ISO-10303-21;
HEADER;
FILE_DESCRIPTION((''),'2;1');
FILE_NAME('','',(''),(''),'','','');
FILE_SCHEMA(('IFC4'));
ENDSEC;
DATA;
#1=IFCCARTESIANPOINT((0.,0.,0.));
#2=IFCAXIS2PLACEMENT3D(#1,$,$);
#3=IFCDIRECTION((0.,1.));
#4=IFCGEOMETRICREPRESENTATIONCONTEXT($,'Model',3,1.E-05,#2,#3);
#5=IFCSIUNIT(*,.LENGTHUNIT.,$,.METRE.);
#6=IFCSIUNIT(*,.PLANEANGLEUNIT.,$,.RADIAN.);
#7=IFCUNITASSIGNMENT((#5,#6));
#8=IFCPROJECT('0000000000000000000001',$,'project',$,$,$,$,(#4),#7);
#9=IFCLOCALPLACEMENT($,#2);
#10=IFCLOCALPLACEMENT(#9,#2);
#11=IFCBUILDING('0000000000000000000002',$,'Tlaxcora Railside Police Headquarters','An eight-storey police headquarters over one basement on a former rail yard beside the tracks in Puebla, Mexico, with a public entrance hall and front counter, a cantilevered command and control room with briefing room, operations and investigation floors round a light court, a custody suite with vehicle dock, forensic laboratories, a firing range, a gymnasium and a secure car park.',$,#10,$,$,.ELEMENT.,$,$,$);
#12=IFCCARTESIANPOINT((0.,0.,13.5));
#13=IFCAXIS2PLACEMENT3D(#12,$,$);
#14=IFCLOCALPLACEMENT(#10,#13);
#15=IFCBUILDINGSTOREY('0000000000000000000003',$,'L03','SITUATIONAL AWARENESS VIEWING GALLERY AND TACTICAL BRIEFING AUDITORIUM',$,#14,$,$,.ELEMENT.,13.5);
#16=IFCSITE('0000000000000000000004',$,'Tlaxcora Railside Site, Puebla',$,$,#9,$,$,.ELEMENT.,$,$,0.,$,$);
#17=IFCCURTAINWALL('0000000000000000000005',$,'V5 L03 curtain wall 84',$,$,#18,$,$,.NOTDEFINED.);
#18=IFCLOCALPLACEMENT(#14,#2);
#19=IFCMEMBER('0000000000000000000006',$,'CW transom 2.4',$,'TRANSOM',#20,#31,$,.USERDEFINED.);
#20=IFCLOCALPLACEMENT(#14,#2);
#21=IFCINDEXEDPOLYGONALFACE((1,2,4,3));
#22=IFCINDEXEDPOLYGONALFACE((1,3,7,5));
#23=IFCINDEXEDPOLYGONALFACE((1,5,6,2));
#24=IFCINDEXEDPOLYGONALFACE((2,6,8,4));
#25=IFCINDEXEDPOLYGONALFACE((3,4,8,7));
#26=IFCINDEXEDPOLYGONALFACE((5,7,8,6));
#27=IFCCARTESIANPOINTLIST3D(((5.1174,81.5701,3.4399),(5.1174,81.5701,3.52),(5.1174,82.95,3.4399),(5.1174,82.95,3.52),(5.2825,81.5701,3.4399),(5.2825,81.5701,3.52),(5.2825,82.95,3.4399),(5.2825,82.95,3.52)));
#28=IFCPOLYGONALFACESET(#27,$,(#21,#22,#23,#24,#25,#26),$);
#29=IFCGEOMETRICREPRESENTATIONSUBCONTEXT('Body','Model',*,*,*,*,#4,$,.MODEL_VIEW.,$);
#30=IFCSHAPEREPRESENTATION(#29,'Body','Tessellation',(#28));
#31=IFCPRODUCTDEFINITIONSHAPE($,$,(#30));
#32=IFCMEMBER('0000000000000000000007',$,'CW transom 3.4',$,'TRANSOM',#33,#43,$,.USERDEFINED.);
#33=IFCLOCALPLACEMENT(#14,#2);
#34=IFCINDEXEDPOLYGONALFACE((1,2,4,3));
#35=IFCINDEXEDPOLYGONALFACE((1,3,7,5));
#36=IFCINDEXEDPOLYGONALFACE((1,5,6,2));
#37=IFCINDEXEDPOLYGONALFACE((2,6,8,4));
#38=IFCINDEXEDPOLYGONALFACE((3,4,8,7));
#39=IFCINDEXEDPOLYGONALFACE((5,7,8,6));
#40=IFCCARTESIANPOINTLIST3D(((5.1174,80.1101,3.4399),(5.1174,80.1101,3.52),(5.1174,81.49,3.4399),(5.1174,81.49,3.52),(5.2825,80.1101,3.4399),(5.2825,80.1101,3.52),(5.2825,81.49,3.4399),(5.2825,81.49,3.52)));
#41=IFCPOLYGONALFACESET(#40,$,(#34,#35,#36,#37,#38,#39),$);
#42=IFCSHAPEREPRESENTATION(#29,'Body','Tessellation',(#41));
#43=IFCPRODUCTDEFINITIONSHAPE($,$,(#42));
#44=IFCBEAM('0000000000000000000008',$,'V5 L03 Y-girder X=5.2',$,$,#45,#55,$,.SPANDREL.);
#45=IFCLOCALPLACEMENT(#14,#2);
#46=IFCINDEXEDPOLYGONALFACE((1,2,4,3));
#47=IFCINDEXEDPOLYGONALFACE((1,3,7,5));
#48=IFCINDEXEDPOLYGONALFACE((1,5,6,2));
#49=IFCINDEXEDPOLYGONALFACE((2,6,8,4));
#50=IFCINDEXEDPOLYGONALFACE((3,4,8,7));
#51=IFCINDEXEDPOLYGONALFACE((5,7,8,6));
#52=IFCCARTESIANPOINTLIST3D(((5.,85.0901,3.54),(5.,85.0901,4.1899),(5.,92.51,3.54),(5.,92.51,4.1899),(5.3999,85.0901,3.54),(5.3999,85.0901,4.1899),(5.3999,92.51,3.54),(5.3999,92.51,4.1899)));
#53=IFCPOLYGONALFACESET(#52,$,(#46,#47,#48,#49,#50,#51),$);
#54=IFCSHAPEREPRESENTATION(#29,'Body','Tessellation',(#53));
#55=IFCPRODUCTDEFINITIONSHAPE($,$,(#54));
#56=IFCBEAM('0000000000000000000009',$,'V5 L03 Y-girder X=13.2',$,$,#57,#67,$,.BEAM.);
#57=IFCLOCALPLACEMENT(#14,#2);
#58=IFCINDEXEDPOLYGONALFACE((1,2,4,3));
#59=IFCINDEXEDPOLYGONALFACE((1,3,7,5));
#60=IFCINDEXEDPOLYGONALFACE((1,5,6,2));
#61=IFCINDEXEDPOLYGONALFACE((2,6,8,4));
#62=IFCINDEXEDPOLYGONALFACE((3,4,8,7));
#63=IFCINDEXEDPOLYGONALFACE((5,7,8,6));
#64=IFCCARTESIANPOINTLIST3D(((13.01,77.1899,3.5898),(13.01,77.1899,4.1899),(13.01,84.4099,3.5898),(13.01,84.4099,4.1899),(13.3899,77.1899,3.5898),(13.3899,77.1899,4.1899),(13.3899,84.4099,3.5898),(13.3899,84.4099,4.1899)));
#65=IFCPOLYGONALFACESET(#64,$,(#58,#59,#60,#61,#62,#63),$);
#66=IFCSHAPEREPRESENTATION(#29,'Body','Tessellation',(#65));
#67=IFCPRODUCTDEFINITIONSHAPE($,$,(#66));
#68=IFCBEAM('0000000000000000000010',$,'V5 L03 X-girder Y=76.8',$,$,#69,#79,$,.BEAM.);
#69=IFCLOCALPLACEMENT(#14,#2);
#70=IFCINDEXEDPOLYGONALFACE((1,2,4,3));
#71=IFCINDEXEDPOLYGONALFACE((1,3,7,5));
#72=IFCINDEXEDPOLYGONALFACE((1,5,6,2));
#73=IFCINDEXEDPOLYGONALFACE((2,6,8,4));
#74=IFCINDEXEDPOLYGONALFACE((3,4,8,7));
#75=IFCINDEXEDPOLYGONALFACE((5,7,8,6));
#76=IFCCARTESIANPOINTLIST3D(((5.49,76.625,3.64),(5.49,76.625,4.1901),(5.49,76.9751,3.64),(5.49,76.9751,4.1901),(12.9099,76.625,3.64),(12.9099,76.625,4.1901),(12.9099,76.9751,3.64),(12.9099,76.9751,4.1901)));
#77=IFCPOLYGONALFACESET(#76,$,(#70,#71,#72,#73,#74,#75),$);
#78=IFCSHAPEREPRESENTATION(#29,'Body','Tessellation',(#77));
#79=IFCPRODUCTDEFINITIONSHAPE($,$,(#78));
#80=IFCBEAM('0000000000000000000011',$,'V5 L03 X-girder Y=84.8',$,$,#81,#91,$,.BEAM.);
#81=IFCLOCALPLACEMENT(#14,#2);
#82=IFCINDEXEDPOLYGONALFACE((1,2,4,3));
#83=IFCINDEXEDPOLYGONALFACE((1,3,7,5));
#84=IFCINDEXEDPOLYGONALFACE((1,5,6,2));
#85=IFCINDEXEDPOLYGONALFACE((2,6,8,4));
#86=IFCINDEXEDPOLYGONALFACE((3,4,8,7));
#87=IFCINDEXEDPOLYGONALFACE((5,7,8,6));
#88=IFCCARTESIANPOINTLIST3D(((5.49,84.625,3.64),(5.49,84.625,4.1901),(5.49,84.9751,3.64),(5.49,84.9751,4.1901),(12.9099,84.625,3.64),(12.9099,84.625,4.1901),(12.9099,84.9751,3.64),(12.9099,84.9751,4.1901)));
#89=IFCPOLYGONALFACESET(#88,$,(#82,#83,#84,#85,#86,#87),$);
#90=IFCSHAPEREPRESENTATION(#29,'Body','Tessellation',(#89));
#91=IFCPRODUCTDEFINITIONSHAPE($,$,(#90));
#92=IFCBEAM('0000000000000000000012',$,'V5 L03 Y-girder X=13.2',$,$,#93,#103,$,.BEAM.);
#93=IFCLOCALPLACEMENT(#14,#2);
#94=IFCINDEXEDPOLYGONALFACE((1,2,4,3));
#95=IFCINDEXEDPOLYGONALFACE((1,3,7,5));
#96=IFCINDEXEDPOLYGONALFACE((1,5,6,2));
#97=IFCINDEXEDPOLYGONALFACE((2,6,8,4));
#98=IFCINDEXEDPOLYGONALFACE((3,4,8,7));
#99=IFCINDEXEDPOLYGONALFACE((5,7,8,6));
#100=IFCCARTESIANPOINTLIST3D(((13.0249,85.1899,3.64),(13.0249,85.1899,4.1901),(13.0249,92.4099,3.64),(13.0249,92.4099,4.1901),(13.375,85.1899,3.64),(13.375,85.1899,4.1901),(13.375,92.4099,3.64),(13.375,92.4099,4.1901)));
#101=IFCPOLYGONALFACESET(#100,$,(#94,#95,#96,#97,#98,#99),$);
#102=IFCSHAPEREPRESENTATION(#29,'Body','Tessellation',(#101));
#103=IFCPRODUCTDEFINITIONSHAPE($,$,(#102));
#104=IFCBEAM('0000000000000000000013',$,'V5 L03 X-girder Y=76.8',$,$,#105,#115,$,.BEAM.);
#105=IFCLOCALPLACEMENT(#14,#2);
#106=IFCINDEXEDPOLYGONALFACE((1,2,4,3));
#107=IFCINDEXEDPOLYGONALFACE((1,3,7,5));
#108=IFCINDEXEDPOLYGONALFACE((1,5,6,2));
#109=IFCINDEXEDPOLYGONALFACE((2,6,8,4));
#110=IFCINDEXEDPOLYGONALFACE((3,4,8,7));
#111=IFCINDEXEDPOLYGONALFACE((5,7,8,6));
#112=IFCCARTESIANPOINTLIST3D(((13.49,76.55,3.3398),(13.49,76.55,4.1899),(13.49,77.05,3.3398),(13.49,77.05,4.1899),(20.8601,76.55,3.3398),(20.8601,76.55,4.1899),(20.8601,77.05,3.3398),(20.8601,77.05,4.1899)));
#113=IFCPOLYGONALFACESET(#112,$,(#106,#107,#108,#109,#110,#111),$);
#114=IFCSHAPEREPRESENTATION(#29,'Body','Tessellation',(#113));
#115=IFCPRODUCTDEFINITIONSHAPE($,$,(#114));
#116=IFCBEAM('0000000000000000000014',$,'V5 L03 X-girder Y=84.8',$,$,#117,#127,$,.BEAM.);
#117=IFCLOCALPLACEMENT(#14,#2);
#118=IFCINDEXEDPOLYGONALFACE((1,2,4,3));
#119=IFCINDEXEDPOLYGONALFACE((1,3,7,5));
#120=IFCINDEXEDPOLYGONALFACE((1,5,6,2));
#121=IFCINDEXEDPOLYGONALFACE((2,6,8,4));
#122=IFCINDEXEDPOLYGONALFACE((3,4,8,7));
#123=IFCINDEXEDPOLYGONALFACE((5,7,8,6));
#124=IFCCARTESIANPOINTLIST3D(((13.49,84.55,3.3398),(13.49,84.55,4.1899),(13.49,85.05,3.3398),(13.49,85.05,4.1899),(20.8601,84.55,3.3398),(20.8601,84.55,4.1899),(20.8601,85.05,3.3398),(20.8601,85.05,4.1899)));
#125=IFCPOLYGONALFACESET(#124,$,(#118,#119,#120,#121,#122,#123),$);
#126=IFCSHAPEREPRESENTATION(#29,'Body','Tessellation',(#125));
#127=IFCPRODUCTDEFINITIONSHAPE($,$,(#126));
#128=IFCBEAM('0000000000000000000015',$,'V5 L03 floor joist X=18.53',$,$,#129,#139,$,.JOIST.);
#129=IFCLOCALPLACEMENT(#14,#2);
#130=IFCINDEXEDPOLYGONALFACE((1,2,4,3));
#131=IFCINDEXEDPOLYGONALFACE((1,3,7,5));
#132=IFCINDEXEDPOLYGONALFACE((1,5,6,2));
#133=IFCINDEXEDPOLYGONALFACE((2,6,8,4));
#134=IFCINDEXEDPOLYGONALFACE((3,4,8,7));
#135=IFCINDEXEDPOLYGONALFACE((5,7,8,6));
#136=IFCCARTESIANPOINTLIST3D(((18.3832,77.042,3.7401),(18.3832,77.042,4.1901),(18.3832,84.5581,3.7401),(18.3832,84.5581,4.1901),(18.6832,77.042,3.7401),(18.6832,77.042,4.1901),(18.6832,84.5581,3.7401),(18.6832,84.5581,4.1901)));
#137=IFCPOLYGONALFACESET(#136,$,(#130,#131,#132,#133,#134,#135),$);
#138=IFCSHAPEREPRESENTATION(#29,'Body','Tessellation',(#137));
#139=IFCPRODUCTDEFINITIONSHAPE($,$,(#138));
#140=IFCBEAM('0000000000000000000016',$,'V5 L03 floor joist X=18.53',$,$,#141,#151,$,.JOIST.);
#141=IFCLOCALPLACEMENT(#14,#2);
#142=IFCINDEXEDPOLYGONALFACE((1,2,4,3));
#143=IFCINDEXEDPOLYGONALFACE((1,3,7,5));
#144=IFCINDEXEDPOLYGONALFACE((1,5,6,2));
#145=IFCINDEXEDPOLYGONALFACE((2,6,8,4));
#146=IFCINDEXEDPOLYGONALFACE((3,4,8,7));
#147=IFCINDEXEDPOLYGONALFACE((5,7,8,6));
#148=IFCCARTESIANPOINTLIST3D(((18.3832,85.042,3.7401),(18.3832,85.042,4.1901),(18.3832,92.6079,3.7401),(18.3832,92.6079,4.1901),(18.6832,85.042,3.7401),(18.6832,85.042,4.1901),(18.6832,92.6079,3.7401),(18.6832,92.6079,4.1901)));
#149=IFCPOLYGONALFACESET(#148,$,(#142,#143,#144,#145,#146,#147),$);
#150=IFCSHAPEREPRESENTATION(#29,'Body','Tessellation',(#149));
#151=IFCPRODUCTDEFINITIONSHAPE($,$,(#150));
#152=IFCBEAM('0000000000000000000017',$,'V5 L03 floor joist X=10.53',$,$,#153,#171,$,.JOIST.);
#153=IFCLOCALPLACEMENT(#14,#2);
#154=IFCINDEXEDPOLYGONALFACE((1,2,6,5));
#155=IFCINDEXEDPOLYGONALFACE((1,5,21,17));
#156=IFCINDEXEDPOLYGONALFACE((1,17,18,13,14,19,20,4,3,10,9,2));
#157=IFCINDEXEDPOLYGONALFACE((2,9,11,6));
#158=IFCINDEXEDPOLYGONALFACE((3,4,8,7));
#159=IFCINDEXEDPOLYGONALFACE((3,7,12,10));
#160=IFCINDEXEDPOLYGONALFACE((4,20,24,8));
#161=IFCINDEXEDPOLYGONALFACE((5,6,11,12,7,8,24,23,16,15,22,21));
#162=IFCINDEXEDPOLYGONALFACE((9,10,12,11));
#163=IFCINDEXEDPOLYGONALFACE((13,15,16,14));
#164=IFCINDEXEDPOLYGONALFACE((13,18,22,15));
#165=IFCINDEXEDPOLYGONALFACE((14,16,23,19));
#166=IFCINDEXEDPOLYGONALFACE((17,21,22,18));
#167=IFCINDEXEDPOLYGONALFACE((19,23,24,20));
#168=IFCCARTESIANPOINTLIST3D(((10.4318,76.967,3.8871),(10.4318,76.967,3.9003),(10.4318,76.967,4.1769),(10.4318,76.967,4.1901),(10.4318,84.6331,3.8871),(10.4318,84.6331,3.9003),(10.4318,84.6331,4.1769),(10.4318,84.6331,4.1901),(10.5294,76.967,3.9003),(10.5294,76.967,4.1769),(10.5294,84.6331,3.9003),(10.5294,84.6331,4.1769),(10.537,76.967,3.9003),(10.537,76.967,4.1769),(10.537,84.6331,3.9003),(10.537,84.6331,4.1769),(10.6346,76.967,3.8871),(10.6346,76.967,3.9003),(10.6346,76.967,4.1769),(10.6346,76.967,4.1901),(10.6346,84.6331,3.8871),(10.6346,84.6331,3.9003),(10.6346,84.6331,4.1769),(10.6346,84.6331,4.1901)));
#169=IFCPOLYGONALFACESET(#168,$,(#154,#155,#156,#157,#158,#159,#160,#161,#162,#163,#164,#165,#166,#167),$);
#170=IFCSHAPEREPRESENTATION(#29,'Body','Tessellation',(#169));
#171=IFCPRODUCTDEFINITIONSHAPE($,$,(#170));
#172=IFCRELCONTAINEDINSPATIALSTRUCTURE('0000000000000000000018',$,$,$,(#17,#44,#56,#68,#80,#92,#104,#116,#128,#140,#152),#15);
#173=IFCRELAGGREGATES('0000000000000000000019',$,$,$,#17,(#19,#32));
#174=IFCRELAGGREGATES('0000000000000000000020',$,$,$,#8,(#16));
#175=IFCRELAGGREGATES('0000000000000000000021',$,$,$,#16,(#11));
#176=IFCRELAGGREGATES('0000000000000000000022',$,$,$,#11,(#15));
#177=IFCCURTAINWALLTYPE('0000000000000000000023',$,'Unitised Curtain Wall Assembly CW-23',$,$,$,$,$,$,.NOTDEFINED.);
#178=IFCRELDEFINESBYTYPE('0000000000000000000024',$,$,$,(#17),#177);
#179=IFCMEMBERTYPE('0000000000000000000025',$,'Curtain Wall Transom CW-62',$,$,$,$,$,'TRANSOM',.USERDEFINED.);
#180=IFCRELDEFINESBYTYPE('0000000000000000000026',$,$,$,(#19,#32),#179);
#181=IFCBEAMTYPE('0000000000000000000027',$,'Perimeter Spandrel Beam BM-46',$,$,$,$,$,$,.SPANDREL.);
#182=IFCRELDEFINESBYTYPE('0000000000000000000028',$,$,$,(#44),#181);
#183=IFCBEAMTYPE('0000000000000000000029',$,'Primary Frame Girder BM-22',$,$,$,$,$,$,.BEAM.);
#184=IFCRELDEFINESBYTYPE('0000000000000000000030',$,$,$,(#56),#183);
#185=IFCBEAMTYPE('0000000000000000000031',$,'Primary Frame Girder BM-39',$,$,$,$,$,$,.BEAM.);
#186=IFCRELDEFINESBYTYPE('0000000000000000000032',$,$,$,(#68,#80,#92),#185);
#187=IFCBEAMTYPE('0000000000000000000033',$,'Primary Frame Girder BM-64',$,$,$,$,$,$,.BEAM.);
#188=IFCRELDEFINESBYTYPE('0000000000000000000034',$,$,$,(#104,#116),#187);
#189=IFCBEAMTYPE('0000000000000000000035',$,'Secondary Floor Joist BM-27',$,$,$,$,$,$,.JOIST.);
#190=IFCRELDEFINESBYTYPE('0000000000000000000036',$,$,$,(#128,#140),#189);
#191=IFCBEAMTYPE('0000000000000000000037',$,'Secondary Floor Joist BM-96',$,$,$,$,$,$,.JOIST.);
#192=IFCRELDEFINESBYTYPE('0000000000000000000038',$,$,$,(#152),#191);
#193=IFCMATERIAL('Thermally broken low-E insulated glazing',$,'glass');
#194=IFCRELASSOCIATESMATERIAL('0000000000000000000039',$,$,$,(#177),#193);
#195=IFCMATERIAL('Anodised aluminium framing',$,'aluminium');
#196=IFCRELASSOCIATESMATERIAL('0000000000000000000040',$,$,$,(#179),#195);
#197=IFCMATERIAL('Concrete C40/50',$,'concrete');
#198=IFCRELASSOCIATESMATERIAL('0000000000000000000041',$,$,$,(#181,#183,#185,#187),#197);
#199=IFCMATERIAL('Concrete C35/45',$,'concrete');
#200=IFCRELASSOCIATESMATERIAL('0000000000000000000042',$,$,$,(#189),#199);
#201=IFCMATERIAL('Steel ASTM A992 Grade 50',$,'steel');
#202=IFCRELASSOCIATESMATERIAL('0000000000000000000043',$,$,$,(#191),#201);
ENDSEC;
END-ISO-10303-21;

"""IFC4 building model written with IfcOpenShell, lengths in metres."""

from ifc_helpers import new_model, si_unit, direction, frame, origin, origin_2d, place, context, subcontext, project, spatial, rectangle, i_section, extrude, material, material_profile, profile_set, type_object, element, aggregate, save


model = new_model("IFC4")

# Units and contexts
model_context = context("Model", 3, precision=1e-05, world=origin(), true_north=direction((0.0, 1.0)))
body_context = subcontext(model_context, "Body", "Model", "MODEL_VIEW")
ifc_project = project(units=[si_unit("LENGTHUNIT", "METRE"), si_unit("PLANEANGLEUNIT", "RADIAN")], contexts=[model_context])

# Site, building, storey
site_placement = place(None, origin())
site = spatial("IfcSite", under=ifc_project, at=site_placement, Name="Tlaxcora Railside Site, Puebla", CompositionType="ELEMENT", RefElevation=0.0)
building_placement = place(site_placement, origin())
building = spatial("IfcBuilding", under=site, at=building_placement, Name="Tlaxcora Railside Police Headquarters", Description="An eight-storey police headquarters over one basement on a former rail yard beside the tracks in Puebla, Mexico, with a public entrance hall and front counter, a cantilevered command and control room with briefing room, operations and investigation floors round a light court, a custody suite with vehicle dock, forensic laboratories, a firing range, a gymnasium and a secure car park.", CompositionType="ELEMENT")
storey_placement = place(building_placement, frame((0.0, 0.0, 13.5)))
storey = spatial("IfcBuildingStorey", under=building, at=storey_placement, Name="L03", Description="SITUATIONAL AWARENESS VIEWING GALLERY AND TACTICAL BRIEFING AUDITORIUM", CompositionType="ELEMENT", Elevation=13.5)

# Shared definitions
ifc_material_1 = material(Name="Concrete C40/50", Category="concrete")

# Curtain wall
ifc_material_2 = material(Name="Thermally broken low-E insulated glazing", Category="glass")
curtain_wall_type_1 = type_object("IfcCurtainWallType", Name="Unitised Curtain Wall Assembly CW-23", PredefinedType="NOTDEFINED", material=ifc_material_2)
curtain_wall_1_placement = place(storey_placement, origin())
curtain_wall_1 = element("IfcCurtainWall", 1, at=curtain_wall_1_placement, inside=storey, type_object=curtain_wall_type_1, Name="V5 L03 curtain wall 84", PredefinedType="NOTDEFINED")
ifc_material_3 = material(Name="Anodised aluminium framing", Category="aluminium")

# Members
ifc_material_profile_1 = material_profile(ifc_material_3, rectangle(XDim=0.165, YDim=0.0801, at=origin_2d()), Name="AL80X165")
ifc_profile_set_1 = profile_set([ifc_material_profile_1], Name="Anodised aluminium framing")
member_type_1 = type_object("IfcMemberType", Name="Curtain Wall Transom CW-62", ElementType="TRANSOM", PredefinedType="USERDEFINED", material=ifc_profile_set_1)
member_1_placement = place(storey_placement, frame((5.2, 82.95, 3.48), z_axis=(0.0, -1.0, 0.0), x_axis=(1.0, 0.0, 0.0)))
member_1 = element("IfcMember", 2, at=member_1_placement, type_object=member_type_1, Name="CW transom 2.4", ObjectType="TRANSOM", PredefinedType="USERDEFINED", context=body_context, shape_type="SweptSolid", body=[
    extrude(rectangle(XDim=0.165, YDim=0.0801, at=origin_2d()), origin(), (0.0, 0.0, 1.0), 1.3799),
])
member_2_placement = place(storey_placement, frame((5.2, 81.49, 3.48), z_axis=(0.0, -1.0, 0.0), x_axis=(1.0, 0.0, 0.0)))
member_2 = element("IfcMember", 3, at=member_2_placement, type_object=member_type_1, Name="CW transom 3.4", ObjectType="TRANSOM", PredefinedType="USERDEFINED", context=body_context, shape_type="SweptSolid", body=[
    extrude(rectangle(XDim=0.165, YDim=0.0801, at=origin_2d()), origin(), (0.0, 0.0, 1.0), 1.3799),
])

# Beams
ifc_material_profile_2 = material_profile(ifc_material_1, rectangle(XDim=0.3999, YDim=0.6499, at=origin_2d()), Name="RC400X650")
ifc_profile_set_2 = profile_set([ifc_material_profile_2], Name="Concrete C40/50")
beam_type_1 = type_object("IfcBeamType", Name="Perimeter Spandrel Beam BM-46", PredefinedType="SPANDREL", material=ifc_profile_set_2)
beam_1_placement = place(storey_placement, frame((5.2, 85.0901, 3.865), z_axis=(0.0, 1.0, 0.0), x_axis=(-1.0, 0.0, 0.0)))
element("IfcBeam", 4, at=beam_1_placement, inside=storey, type_object=beam_type_1, Name="V5 L03 Y-girder X=5.2", PredefinedType="SPANDREL", context=body_context, shape_type="SweptSolid", body=[
    extrude(rectangle(XDim=0.3999, YDim=0.6499, at=origin_2d()), origin(), (0.0, 0.0, 1.0), 7.4199),
])
ifc_material_profile_3 = material_profile(ifc_material_1, rectangle(XDim=0.3799, YDim=0.6001, at=origin_2d()), Name="RC380X600")
ifc_profile_set_3 = profile_set([ifc_material_profile_3], Name="Concrete C40/50")
beam_type_2 = type_object("IfcBeamType", Name="Primary Frame Girder BM-22", PredefinedType="BEAM", material=ifc_profile_set_3)
beam_2_placement = place(storey_placement, frame((13.2, 77.1899, 3.8899), z_axis=(0.0, 1.0, 0.0), x_axis=(-1.0, 0.0, 0.0)))
element("IfcBeam", 5, at=beam_2_placement, inside=storey, type_object=beam_type_2, Name="V5 L03 Y-girder X=13.2", PredefinedType="BEAM", context=body_context, shape_type="SweptSolid", body=[
    extrude(rectangle(XDim=0.3799, YDim=0.6001, at=origin_2d()), origin(), (0.0, 0.0, 1.0), 7.22),
])
ifc_material_profile_4 = material_profile(ifc_material_1, rectangle(XDim=0.3501, YDim=0.55, at=origin_2d()), Name="RC350X550")
ifc_profile_set_4 = profile_set([ifc_material_profile_4], Name="Concrete C40/50")
beam_type_3 = type_object("IfcBeamType", Name="Primary Frame Girder BM-39", PredefinedType="BEAM", material=ifc_profile_set_4)
for number, where, z_axis, x_axis, name in (
    (6, (5.49, 76.8, 3.915), (1.0, 0.0, 0.0), (0.0, 1.0, 0.0), "V5 L03 X-girder Y=76.8"),
    (7, (5.49, 84.8, 3.915), (1.0, 0.0, 0.0), (0.0, 1.0, 0.0), "V5 L03 X-girder Y=84.8"),
):
    element("IfcBeam", number, at=place(storey_placement, frame(where, z_axis=z_axis, x_axis=x_axis)), inside=storey, type_object=beam_type_3, Name=name, PredefinedType="BEAM", context=body_context, shape_type="SweptSolid", body=[
        extrude(rectangle(XDim=0.3501, YDim=0.55, at=origin_2d()), origin(), (0.0, 0.0, 1.0), 7.4199),
    ])
beam_3_placement = place(storey_placement, frame((13.2, 85.1899, 3.915), z_axis=(0.0, 1.0, 0.0), x_axis=(-1.0, 0.0, 0.0)))
element("IfcBeam", 8, at=beam_3_placement, inside=storey, type_object=beam_type_3, Name="V5 L03 Y-girder X=13.2", PredefinedType="BEAM", context=body_context, shape_type="SweptSolid", body=[
    extrude(rectangle(XDim=0.3501, YDim=0.55, at=origin_2d()), origin(), (0.0, 0.0, 1.0), 7.22),
])
ifc_material_profile_5 = material_profile(ifc_material_1, rectangle(XDim=0.5, YDim=0.8501, at=origin_2d()), Name="RC500X850")
ifc_profile_set_5 = profile_set([ifc_material_profile_5], Name="Concrete C40/50")
beam_type_4 = type_object("IfcBeamType", Name="Primary Frame Girder BM-64", PredefinedType="BEAM", material=ifc_profile_set_5)
for number, where, z_axis, x_axis, name in (
    (9, (13.49, 76.8, 3.7649), (1.0, 0.0, 0.0), (0.0, 1.0, 0.0), "V5 L03 X-girder Y=76.8"),
    (10, (13.49, 84.8, 3.7649), (1.0, 0.0, 0.0), (0.0, 1.0, 0.0), "V5 L03 X-girder Y=84.8"),
):
    element("IfcBeam", number, at=place(storey_placement, frame(where, z_axis=z_axis, x_axis=x_axis)), inside=storey, type_object=beam_type_4, Name=name, PredefinedType="BEAM", context=body_context, shape_type="SweptSolid", body=[
        extrude(rectangle(XDim=0.5, YDim=0.8501, at=origin_2d()), origin(), (0.0, 0.0, 1.0), 7.3701),
    ])
ifc_material_4 = material(Name="Concrete C35/45", Category="concrete")
ifc_material_profile_6 = material_profile(ifc_material_4, rectangle(XDim=0.3, YDim=0.45, at=origin_2d()), Name="RC300X450")
ifc_profile_set_6 = profile_set([ifc_material_profile_6], Name="Concrete C35/45")
beam_type_5 = type_object("IfcBeamType", Name="Secondary Floor Joist BM-27", PredefinedType="JOIST", material=ifc_profile_set_6)
beam_4_placement = place(storey_placement, frame((18.5332, 77.042, 3.9651), z_axis=(0.0, 1.0, 0.0), x_axis=(-1.0, 0.0, 0.0)))
element("IfcBeam", 11, at=beam_4_placement, inside=storey, type_object=beam_type_5, Name="V5 L03 floor joist X=18.53", PredefinedType="JOIST", context=body_context, shape_type="SweptSolid", body=[
    extrude(rectangle(XDim=0.3, YDim=0.45, at=origin_2d()), origin(), (0.0, 0.0, 1.0), 7.5161),
])
beam_5_placement = place(storey_placement, frame((18.5332, 85.042, 3.9651), z_axis=(0.0, 1.0, 0.0), x_axis=(-1.0, 0.0, 0.0)))
element("IfcBeam", 12, at=beam_5_placement, inside=storey, type_object=beam_type_5, Name="V5 L03 floor joist X=18.53", PredefinedType="JOIST", context=body_context, shape_type="SweptSolid", body=[
    extrude(rectangle(XDim=0.3, YDim=0.45, at=origin_2d()), origin(), (0.0, 0.0, 1.0), 7.5659),
])
ifc_material_5 = material(Name="Steel ASTM A992 Grade 50", Category="steel")
ifc_material_profile_7 = material_profile(ifc_material_5, i_section(OverallWidth=0.2029, OverallDepth=0.303, WebThickness=0.0076, FlangeThickness=0.0132, at=origin_2d()), Name="W12X40")
ifc_profile_set_7 = profile_set([ifc_material_profile_7], Name="Steel ASTM A992 Grade 50")
beam_type_6 = type_object("IfcBeamType", Name="Secondary Floor Joist BM-96", PredefinedType="JOIST", material=ifc_profile_set_7)
beam_6_placement = place(storey_placement, frame((10.5332, 76.967, 4.0386), z_axis=(0.0, 1.0, 0.0), x_axis=(-1.0, 0.0, 0.0)))
element("IfcBeam", 13, at=beam_6_placement, inside=storey, type_object=beam_type_6, Name="V5 L03 floor joist X=10.53", PredefinedType="JOIST", context=body_context, shape_type="SweptSolid", body=[
    extrude(i_section(OverallWidth=0.2029, OverallDepth=0.303, WebThickness=0.0076, FlangeThickness=0.0132, at=origin_2d()), origin(), (0.0, 0.0, 1.0), 7.666),
])

aggregate(curtain_wall_1, [member_1, member_2])

save(model, "model.ifc")
